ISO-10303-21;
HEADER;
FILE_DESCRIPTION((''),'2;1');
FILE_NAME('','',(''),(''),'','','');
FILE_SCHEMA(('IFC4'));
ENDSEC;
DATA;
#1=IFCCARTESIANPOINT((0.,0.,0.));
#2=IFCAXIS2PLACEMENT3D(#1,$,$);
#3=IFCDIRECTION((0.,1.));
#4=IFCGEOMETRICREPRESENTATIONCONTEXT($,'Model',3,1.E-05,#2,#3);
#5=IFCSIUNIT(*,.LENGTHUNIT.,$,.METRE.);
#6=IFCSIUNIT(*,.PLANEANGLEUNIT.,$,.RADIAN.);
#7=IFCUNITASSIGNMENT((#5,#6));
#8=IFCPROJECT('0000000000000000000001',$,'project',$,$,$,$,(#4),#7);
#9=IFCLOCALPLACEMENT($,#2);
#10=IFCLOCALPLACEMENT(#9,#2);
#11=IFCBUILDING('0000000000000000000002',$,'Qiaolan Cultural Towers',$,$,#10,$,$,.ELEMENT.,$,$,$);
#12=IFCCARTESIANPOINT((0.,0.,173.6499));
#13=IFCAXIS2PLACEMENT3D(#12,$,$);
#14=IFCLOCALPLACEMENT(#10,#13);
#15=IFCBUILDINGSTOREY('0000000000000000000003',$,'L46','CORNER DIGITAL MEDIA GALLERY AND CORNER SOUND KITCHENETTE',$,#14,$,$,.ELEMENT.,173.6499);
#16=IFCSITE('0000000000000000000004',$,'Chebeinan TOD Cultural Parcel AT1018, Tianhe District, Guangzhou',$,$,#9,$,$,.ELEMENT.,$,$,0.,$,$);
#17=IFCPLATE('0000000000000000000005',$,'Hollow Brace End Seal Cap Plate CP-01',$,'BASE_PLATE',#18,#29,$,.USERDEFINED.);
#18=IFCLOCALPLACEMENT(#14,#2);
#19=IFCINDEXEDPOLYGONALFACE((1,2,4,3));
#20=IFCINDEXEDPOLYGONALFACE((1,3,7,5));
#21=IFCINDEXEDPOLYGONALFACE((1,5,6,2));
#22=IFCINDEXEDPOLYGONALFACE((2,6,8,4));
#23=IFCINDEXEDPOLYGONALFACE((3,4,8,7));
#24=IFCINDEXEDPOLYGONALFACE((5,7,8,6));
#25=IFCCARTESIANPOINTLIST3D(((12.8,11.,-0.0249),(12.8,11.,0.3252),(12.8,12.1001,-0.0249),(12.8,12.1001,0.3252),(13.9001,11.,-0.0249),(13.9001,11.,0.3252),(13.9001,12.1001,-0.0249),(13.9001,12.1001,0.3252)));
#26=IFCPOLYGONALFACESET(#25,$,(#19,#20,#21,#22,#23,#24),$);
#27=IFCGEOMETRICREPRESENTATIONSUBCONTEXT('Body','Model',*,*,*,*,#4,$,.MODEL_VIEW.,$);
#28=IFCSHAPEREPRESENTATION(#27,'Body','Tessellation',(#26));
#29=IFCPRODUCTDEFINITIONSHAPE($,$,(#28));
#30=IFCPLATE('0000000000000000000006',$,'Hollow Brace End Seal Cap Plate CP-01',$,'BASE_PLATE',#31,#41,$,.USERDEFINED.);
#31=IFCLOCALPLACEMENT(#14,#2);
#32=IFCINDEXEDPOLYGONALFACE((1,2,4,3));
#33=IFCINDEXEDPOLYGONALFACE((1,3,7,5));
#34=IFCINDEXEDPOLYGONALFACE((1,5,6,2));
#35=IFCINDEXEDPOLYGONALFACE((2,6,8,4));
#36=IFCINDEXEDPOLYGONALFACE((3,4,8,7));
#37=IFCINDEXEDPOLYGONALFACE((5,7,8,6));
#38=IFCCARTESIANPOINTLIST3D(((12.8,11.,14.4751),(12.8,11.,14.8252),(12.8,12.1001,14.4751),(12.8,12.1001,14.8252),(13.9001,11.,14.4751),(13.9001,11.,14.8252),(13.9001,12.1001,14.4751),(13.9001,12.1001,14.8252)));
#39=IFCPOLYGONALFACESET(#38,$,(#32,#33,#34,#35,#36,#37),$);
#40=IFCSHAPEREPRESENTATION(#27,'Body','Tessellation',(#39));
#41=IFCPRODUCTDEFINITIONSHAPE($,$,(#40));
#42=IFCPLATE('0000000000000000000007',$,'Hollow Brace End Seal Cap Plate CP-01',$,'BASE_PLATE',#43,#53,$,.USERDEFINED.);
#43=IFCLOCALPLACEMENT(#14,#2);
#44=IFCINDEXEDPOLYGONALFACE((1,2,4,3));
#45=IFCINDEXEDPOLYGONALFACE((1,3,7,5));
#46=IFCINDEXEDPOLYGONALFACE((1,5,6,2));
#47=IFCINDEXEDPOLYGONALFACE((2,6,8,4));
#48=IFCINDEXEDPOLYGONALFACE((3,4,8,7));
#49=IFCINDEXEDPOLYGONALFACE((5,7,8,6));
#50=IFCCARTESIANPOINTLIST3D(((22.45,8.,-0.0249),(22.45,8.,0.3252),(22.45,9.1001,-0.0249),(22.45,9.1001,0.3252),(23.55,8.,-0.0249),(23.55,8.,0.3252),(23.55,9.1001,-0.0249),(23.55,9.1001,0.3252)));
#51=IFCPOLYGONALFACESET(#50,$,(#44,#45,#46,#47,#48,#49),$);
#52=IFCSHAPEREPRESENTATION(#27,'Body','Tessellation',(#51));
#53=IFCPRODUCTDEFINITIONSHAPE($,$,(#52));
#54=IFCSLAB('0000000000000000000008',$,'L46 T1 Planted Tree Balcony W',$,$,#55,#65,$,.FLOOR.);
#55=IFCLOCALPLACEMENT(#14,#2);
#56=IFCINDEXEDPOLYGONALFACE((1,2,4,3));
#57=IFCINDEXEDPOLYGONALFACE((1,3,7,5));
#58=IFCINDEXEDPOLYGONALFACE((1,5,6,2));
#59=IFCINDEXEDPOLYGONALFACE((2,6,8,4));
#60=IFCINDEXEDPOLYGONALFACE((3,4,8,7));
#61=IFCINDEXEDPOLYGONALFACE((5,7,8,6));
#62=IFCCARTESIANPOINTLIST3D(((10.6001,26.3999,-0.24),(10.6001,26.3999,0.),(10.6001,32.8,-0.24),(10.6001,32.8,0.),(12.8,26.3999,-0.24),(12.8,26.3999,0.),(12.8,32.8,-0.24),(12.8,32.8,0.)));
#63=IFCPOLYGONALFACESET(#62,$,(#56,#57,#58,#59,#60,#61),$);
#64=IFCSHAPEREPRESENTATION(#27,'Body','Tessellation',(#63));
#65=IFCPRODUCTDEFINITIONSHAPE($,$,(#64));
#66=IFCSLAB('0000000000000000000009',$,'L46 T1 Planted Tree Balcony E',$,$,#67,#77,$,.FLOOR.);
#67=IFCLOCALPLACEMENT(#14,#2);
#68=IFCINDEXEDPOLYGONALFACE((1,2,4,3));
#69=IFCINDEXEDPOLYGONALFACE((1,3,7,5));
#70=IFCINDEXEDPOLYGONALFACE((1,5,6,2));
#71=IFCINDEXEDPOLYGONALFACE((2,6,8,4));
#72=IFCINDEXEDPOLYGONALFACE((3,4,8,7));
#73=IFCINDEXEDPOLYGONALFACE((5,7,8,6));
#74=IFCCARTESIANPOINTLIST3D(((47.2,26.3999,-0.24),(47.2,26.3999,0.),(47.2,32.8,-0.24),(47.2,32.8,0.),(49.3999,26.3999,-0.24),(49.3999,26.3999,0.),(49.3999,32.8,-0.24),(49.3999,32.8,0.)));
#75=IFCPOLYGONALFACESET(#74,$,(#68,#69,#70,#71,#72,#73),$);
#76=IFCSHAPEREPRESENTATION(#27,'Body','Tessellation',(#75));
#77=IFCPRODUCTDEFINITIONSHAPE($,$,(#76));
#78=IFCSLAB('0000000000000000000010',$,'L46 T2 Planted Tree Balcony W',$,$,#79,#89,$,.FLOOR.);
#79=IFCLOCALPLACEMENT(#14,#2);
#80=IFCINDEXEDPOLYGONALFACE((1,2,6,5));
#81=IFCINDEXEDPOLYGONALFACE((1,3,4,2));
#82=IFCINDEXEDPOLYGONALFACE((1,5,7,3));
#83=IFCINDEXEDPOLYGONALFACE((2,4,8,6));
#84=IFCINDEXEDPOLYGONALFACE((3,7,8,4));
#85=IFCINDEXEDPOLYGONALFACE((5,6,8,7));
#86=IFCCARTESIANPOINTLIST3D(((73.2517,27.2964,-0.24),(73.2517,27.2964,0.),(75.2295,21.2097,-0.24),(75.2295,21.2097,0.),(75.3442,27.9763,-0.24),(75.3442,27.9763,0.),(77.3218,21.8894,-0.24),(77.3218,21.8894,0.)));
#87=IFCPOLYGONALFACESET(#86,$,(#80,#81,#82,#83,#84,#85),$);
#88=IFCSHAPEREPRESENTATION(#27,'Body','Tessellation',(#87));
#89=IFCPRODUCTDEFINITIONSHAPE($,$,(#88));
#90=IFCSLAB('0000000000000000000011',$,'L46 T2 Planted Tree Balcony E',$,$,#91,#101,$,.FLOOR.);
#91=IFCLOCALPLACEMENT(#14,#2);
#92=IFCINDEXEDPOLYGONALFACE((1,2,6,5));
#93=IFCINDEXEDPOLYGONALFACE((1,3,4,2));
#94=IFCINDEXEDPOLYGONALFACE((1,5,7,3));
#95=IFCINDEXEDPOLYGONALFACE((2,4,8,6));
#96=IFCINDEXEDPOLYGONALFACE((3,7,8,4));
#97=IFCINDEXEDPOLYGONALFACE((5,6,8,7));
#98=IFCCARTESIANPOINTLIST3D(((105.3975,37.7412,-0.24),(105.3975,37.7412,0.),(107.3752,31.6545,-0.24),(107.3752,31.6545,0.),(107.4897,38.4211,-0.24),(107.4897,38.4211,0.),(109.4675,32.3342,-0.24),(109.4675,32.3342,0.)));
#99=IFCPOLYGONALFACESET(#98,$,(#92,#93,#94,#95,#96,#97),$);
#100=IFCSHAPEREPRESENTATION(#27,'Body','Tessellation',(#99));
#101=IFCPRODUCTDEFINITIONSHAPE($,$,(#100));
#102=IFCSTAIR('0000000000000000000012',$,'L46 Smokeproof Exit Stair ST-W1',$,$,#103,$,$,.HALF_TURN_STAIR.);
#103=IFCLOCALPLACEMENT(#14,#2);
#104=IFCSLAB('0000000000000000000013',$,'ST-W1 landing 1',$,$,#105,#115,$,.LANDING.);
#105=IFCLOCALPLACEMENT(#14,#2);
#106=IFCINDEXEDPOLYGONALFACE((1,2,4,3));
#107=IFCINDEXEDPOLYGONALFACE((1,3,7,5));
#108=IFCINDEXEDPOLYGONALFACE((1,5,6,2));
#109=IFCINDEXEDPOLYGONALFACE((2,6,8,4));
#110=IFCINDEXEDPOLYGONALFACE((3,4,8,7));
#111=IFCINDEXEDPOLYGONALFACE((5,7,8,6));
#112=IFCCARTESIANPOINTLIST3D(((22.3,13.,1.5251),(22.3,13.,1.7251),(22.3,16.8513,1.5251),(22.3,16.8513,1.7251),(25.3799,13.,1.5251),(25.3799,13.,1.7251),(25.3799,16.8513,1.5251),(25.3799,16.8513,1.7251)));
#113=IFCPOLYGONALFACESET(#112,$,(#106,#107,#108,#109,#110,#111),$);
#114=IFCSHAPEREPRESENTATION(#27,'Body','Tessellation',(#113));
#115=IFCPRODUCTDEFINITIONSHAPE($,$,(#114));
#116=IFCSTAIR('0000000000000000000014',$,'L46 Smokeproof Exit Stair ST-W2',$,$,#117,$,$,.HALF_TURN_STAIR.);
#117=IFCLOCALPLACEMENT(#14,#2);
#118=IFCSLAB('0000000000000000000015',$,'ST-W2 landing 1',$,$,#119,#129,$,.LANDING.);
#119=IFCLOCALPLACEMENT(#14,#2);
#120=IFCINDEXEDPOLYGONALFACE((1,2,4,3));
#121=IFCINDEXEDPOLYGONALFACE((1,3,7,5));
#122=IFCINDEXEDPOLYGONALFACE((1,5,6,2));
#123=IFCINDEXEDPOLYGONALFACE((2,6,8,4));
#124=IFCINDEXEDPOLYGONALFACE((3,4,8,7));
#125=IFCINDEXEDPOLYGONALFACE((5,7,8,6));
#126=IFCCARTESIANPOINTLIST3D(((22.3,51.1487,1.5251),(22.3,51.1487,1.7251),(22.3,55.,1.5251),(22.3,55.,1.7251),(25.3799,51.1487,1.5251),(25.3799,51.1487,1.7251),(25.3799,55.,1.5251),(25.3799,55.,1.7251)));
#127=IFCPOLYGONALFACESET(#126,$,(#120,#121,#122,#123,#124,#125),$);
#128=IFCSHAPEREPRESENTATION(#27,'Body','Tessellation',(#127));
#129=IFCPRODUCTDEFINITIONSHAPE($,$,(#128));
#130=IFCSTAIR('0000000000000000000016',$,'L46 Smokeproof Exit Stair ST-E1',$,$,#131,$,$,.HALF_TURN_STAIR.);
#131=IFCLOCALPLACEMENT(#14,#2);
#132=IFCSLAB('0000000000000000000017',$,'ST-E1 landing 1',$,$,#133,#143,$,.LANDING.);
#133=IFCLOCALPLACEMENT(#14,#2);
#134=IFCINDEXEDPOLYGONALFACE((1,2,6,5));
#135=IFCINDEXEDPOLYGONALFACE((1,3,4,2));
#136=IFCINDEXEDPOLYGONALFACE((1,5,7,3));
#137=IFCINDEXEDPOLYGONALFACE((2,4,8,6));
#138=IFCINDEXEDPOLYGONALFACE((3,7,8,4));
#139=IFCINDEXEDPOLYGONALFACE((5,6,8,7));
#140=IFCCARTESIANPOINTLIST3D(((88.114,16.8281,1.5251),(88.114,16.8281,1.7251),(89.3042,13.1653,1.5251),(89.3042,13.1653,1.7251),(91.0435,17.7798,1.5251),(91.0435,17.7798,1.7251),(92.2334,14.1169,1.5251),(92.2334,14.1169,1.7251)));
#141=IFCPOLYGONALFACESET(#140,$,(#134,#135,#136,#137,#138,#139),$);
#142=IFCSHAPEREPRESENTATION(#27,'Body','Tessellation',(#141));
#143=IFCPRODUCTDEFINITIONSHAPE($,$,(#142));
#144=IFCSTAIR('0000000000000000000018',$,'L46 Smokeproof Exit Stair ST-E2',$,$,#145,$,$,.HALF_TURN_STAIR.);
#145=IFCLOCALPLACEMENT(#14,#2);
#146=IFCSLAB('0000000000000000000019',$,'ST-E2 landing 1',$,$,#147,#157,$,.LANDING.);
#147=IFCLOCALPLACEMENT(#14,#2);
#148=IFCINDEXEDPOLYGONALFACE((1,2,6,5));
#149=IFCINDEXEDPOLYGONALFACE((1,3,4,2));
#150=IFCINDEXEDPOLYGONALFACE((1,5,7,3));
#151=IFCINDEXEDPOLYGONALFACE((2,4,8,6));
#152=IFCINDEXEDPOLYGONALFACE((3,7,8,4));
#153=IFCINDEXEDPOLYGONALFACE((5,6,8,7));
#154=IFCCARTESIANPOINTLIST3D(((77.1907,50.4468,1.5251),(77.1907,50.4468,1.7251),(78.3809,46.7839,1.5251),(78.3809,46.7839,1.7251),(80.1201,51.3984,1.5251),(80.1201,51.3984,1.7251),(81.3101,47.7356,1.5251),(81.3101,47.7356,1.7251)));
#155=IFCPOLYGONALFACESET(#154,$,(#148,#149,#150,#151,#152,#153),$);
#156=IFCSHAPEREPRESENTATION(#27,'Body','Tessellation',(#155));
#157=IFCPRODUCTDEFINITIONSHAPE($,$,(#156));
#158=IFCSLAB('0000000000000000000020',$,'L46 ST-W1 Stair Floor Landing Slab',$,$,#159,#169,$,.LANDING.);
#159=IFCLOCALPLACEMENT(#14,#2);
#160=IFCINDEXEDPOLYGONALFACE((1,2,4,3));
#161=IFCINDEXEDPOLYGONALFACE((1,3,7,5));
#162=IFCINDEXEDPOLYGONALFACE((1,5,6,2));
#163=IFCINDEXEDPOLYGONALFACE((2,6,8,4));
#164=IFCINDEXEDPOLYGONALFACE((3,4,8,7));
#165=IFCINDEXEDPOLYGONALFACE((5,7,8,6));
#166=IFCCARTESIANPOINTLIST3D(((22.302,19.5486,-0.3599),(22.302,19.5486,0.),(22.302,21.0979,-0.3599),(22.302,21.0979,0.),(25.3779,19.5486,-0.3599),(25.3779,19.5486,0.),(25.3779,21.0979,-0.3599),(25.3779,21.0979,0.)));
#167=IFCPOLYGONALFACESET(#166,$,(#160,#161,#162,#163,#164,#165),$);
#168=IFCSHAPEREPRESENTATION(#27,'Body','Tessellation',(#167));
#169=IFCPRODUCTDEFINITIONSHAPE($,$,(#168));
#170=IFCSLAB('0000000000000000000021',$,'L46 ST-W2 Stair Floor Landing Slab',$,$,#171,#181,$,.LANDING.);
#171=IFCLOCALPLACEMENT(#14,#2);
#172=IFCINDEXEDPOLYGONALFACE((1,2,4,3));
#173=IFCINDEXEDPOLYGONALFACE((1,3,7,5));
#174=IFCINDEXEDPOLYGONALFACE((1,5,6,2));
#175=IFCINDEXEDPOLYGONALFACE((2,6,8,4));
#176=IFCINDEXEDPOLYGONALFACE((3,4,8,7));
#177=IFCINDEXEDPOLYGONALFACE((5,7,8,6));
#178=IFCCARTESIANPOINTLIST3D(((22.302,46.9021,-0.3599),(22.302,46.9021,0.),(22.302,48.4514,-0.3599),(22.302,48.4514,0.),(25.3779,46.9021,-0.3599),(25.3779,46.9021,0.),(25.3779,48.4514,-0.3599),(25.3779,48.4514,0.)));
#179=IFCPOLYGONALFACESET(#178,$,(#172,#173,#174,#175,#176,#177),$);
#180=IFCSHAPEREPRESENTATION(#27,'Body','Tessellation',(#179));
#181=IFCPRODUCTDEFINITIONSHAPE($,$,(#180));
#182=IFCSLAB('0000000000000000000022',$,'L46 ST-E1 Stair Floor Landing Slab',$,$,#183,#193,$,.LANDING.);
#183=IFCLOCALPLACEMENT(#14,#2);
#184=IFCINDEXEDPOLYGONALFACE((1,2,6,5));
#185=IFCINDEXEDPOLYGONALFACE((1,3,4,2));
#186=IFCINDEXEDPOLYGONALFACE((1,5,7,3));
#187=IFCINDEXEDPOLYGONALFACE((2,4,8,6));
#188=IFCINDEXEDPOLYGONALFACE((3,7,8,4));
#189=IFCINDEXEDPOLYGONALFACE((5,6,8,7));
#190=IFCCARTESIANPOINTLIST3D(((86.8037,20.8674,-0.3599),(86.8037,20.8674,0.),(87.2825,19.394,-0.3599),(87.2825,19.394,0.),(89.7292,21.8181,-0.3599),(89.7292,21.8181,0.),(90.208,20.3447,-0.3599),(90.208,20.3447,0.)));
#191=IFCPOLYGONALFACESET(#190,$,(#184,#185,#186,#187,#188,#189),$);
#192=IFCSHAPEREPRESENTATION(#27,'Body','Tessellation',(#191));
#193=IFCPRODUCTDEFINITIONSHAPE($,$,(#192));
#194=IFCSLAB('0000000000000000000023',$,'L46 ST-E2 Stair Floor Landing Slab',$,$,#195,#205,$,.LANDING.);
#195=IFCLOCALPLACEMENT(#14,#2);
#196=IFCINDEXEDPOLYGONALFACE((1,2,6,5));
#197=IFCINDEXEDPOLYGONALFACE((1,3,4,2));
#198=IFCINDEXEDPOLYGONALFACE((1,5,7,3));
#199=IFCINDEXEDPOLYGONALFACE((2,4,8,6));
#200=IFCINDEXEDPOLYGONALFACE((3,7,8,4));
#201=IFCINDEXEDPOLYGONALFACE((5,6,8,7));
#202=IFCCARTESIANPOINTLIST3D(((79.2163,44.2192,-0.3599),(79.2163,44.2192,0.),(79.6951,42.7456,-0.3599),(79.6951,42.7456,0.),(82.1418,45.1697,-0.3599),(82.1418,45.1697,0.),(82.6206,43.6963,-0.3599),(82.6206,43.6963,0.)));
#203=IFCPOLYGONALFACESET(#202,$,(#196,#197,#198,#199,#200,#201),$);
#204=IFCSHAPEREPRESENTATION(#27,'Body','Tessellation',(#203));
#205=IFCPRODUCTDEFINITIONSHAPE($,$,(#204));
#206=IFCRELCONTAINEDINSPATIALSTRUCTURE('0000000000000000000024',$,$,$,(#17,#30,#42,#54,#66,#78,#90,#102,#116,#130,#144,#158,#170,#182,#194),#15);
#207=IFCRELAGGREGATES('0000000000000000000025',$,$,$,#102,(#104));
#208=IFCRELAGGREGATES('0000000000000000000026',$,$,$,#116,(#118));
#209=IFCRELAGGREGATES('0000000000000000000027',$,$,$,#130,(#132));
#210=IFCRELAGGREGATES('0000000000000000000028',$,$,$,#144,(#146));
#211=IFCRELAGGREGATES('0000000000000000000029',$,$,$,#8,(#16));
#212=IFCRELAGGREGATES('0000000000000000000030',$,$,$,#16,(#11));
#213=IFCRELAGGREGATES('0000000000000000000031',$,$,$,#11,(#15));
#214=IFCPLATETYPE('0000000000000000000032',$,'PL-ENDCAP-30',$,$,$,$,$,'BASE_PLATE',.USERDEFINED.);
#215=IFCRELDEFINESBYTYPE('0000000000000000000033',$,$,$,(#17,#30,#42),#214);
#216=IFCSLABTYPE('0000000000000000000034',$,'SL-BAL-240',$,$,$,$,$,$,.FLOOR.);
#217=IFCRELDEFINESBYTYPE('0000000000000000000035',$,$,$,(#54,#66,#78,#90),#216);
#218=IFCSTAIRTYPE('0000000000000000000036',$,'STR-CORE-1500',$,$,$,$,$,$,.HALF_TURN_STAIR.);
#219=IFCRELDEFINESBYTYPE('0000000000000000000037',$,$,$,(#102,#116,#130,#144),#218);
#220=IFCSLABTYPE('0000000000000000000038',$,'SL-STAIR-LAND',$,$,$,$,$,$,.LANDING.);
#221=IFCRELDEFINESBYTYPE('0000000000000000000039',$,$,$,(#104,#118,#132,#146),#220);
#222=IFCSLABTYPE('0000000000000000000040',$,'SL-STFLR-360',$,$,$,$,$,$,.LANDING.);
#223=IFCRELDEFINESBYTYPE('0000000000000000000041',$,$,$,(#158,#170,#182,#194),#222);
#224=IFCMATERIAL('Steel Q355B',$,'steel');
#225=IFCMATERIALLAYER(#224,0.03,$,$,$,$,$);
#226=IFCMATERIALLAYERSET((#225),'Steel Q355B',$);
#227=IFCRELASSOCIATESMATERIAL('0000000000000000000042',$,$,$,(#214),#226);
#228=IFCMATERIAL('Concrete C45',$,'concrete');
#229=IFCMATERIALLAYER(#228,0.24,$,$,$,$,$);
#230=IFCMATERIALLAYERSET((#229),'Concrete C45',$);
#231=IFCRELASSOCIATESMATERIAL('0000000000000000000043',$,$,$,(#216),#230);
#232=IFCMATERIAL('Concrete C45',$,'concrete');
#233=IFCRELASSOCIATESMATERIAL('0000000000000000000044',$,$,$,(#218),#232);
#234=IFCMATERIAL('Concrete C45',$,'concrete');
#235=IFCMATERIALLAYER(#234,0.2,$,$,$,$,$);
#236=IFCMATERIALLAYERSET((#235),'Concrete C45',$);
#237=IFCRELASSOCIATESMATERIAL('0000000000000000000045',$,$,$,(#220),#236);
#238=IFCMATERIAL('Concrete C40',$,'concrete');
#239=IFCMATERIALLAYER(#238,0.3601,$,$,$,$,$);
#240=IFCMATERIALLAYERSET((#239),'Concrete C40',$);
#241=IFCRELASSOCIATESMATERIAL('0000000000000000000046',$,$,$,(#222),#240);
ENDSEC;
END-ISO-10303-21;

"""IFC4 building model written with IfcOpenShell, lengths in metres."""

from ifc_helpers import new_model, si_unit, direction, frame, origin, origin_2d, place, context, subcontext, project, spatial, polyline, rectangle, outline, extrude, material, layer, layer_set, type_object, element, aggregate, save


model = new_model("IFC4")

# Units and contexts
model_context = context("Model", 3, precision=1e-05, world=origin(), true_north=direction((0.0, 1.0)))
body_context = subcontext(model_context, "Body", "Model", "MODEL_VIEW")
ifc_project = project(units=[si_unit("LENGTHUNIT", "METRE"), si_unit("PLANEANGLEUNIT", "RADIAN")], contexts=[model_context])

# Site, building, storey
site_placement = place(None, origin())
site = spatial("IfcSite", under=ifc_project, at=site_placement, Name="Chebeinan TOD Cultural Parcel AT1018, Tianhe District, Guangzhou", CompositionType="ELEMENT", RefElevation=0.0)
building_placement = place(site_placement, origin())
building = spatial("IfcBuilding", under=site, at=building_placement, Name="Qiaolan Cultural Towers", CompositionType="ELEMENT")
storey_placement = place(building_placement, frame((0.0, 0.0, 173.6499)))
storey = spatial("IfcBuildingStorey", under=building, at=storey_placement, Name="L46", Description="CORNER DIGITAL MEDIA GALLERY AND CORNER SOUND KITCHENETTE", CompositionType="ELEMENT", Elevation=173.6499)

# Plates
ifc_material_1 = material(Name="Steel Q355B", Category="steel")
ifc_layer_1 = layer(ifc_material_1, 0.03)
ifc_layer_set_1 = layer_set([ifc_layer_1], Name="Steel Q355B")
plate_type = type_object("IfcPlateType", Name="PL-ENDCAP-30", ElementType="BASE_PLATE", PredefinedType="USERDEFINED", material=ifc_layer_set_1)
for number, where, z_axis, x_axis, name in (
    (1, (13.3501, 11.55, -0.0249), (0.0, 0.0, 1.0), (0.0, 1.0, 0.0), "Hollow Brace End Seal Cap Plate CP-01"),
    (2, (13.3501, 11.55, 14.4751), (0.0, 0.0, 1.0), (0.0, 1.0, 0.0), "Hollow Brace End Seal Cap Plate CP-01"),
    (3, (23.0, 8.55, -0.0249), (0.0, 0.0, 1.0), (1.0, 0.0, 0.0), "Hollow Brace End Seal Cap Plate CP-01"),
):
    element("IfcPlate", number, at=place(storey_placement, frame(where, z_axis=z_axis, x_axis=x_axis)), inside=storey, type_object=plate_type, Name=name, ObjectType="BASE_PLATE", PredefinedType="USERDEFINED", context=body_context, shape_type="SweptSolid", body=[
        extrude(rectangle(XDim=1.1001, YDim=1.1001, at=origin_2d()), origin(), (0.0, 0.0, 1.0), 0.3501),
    ])

# Slabs
ifc_material_2 = material(Name="Concrete C45", Category="concrete")
ifc_layer_2 = layer(ifc_material_2, 0.24)
ifc_layer_set_2 = layer_set([ifc_layer_2], Name="Concrete C45")
slab_type_1 = type_object("IfcSlabType", Name="SL-BAL-240", PredefinedType="FLOOR", material=ifc_layer_set_2)
slab_1_placement = place(storey_placement, frame((0.0, 0.0, -0.24)))
element("IfcSlab", 4, at=slab_1_placement, inside=storey, type_object=slab_type_1, Name="L46 T1 Planted Tree Balcony W", PredefinedType="FLOOR", context=body_context, shape_type="SweptSolid", body=[
    extrude(outline(polyline([(10.6001, 26.3999), (12.8, 26.3999), (12.8, 32.8), (10.6001, 32.8), (10.6001, 26.3999)])), origin(), (0.0, 0.0, 1.0), 0.24),
])
slab_2_placement = place(storey_placement, frame((0.0, 0.0, -0.24)))
element("IfcSlab", 5, at=slab_2_placement, inside=storey, type_object=slab_type_1, Name="L46 T1 Planted Tree Balcony E", PredefinedType="FLOOR", context=body_context, shape_type="SweptSolid", body=[
    extrude(outline(polyline([(47.2, 26.3999), (49.3999, 26.3999), (49.3999, 32.8), (47.2, 32.8), (47.2, 26.3999)])), origin(), (0.0, 0.0, 1.0), 0.24),
])
slab_3_placement = place(storey_placement, frame((0.0, 0.0, -0.24)))
element("IfcSlab", 6, at=slab_3_placement, inside=storey, type_object=slab_type_1, Name="L46 T2 Planted Tree Balcony W", PredefinedType="FLOOR", context=body_context, shape_type="SweptSolid", body=[
    extrude(outline(polyline([(75.2295, 21.2097), (77.3218, 21.8894), (75.3442, 27.9763), (73.2517, 27.2964), (75.2295, 21.2097)])), origin(), (0.0, 0.0, 1.0), 0.24),
])
slab_4_placement = place(storey_placement, frame((0.0, 0.0, -0.24)))
element("IfcSlab", 7, at=slab_4_placement, inside=storey, type_object=slab_type_1, Name="L46 T2 Planted Tree Balcony E", PredefinedType="FLOOR", context=body_context, shape_type="SweptSolid", body=[
    extrude(outline(polyline([(107.3752, 31.6545), (109.4675, 32.3342), (107.4897, 38.4211), (105.3975, 37.7412), (107.3752, 31.6545)])), origin(), (0.0, 0.0, 1.0), 0.24),
])

# Stairs, slabs
ifc_material_3 = material(Name="Concrete C45", Category="concrete")
stair_type = type_object("IfcStairType", Name="STR-CORE-1500", PredefinedType="HALF_TURN_STAIR", material=ifc_material_3)
stair_1_placement = place(storey_placement, origin())
stair_1 = element("IfcStair", 8, at=stair_1_placement, inside=storey, type_object=stair_type, Name="L46 Smokeproof Exit Stair ST-W1", PredefinedType="HALF_TURN_STAIR")
ifc_material_4 = material(Name="Concrete C45", Category="concrete")
ifc_layer_3 = layer(ifc_material_4, 0.2)
ifc_layer_set_3 = layer_set([ifc_layer_3], Name="Concrete C45")
slab_type_2 = type_object("IfcSlabType", Name="SL-STAIR-LAND", PredefinedType="LANDING", material=ifc_layer_set_3)
slab_5_placement = place(storey_placement, frame((0.0, 0.0, 1.5251)))
slab_5 = element("IfcSlab", 9, at=slab_5_placement, type_object=slab_type_2, Name="ST-W1 landing 1", PredefinedType="LANDING", context=body_context, shape_type="SweptSolid", body=[
    extrude(outline(polyline([(22.3, 16.8513), (22.3, 13.0), (25.3799, 13.0), (25.3799, 16.8513), (22.3, 16.8513)])), origin(), (0.0, 0.0, 1.0), 0.2),
])
aggregate(stair_1, [slab_5])
stair_2_placement = place(storey_placement, origin())
stair_2 = element("IfcStair", 10, at=stair_2_placement, inside=storey, type_object=stair_type, Name="L46 Smokeproof Exit Stair ST-W2", PredefinedType="HALF_TURN_STAIR")
slab_6_placement = place(storey_placement, frame((0.0, 0.0, 1.5251)))
slab_6 = element("IfcSlab", 11, at=slab_6_placement, type_object=slab_type_2, Name="ST-W2 landing 1", PredefinedType="LANDING", context=body_context, shape_type="SweptSolid", body=[
    extrude(outline(polyline([(25.3799, 51.1487), (25.3799, 55.0), (22.3, 55.0), (22.3, 51.1487), (25.3799, 51.1487)])), origin(), (0.0, 0.0, 1.0), 0.2),
])
aggregate(stair_2, [slab_6])
stair_3_placement = place(storey_placement, origin())
stair_3 = element("IfcStair", 12, at=stair_3_placement, inside=storey, type_object=stair_type, Name="L46 Smokeproof Exit Stair ST-E1", PredefinedType="HALF_TURN_STAIR")
slab_7_placement = place(storey_placement, frame((0.0, 0.0, 1.5251)))
slab_7 = element("IfcSlab", 13, at=slab_7_placement, type_object=slab_type_2, Name="ST-E1 landing 1", PredefinedType="LANDING", context=body_context, shape_type="SweptSolid", body=[
    extrude(outline(polyline([(88.114, 16.8281), (89.3042, 13.1653), (92.2334, 14.1169), (91.0435, 17.7798), (88.114, 16.8281)])), origin(), (0.0, 0.0, 1.0), 0.2),
])
aggregate(stair_3, [slab_7])
stair_4_placement = place(storey_placement, origin())
stair_4 = element("IfcStair", 14, at=stair_4_placement, inside=storey, type_object=stair_type, Name="L46 Smokeproof Exit Stair ST-E2", PredefinedType="HALF_TURN_STAIR")
slab_8_placement = place(storey_placement, frame((0.0, 0.0, 1.5251)))
slab_8 = element("IfcSlab", 15, at=slab_8_placement, type_object=slab_type_2, Name="ST-E2 landing 1", PredefinedType="LANDING", context=body_context, shape_type="SweptSolid", body=[
    extrude(outline(polyline([(81.3101, 47.7356), (80.1201, 51.3984), (77.1907, 50.4468), (78.3809, 46.7839), (81.3101, 47.7356)])), origin(), (0.0, 0.0, 1.0), 0.2),
])
aggregate(stair_4, [slab_8])

# Slabs
ifc_material_5 = material(Name="Concrete C40", Category="concrete")
ifc_layer_4 = layer(ifc_material_5, 0.3601)
ifc_layer_set_4 = layer_set([ifc_layer_4], Name="Concrete C40")
slab_type_3 = type_object("IfcSlabType", Name="SL-STFLR-360", PredefinedType="LANDING", material=ifc_layer_set_4)
slab_9_placement = place(storey_placement, frame((0.0, 0.0, -0.3599)))
element("IfcSlab", 16, at=slab_9_placement, inside=storey, type_object=slab_type_3, Name="L46 ST-W1 Stair Floor Landing Slab", PredefinedType="LANDING", context=body_context, shape_type="SweptSolid", body=[
    extrude(outline(polyline([(22.302, 21.0979), (22.302, 19.5486), (25.3779, 19.5486), (25.3779, 21.0979), (22.302, 21.0979)])), origin(), (0.0, 0.0, 1.0), 0.3599),
])
slab_10_placement = place(storey_placement, frame((0.0, 0.0, -0.3599)))
element("IfcSlab", 17, at=slab_10_placement, inside=storey, type_object=slab_type_3, Name="L46 ST-W2 Stair Floor Landing Slab", PredefinedType="LANDING", context=body_context, shape_type="SweptSolid", body=[
    extrude(outline(polyline([(25.3779, 46.9021), (25.3779, 48.4514), (22.302, 48.4514), (22.302, 46.9021), (25.3779, 46.9021)])), origin(), (0.0, 0.0, 1.0), 0.3599),
])
slab_11_placement = place(storey_placement, frame((0.0, 0.0, -0.3599)))
element("IfcSlab", 18, at=slab_11_placement, inside=storey, type_object=slab_type_3, Name="L46 ST-E1 Stair Floor Landing Slab", PredefinedType="LANDING", context=body_context, shape_type="SweptSolid", body=[
    extrude(outline(polyline([(86.8037, 20.8674), (87.2825, 19.394), (90.208, 20.3447), (89.7292, 21.8181), (86.8037, 20.8674)])), origin(), (0.0, 0.0, 1.0), 0.3599),
])
slab_12_placement = place(storey_placement, frame((0.0, 0.0, -0.3599)))
element("IfcSlab", 19, at=slab_12_placement, inside=storey, type_object=slab_type_3, Name="L46 ST-E2 Stair Floor Landing Slab", PredefinedType="LANDING", context=body_context, shape_type="SweptSolid", body=[
    extrude(outline(polyline([(82.6206, 43.6963), (82.1418, 45.1697), (79.2163, 44.2192), (79.6951, 42.7456), (82.6206, 43.6963)])), origin(), (0.0, 0.0, 1.0), 0.3599),
])

save(model, "model.ifc")
